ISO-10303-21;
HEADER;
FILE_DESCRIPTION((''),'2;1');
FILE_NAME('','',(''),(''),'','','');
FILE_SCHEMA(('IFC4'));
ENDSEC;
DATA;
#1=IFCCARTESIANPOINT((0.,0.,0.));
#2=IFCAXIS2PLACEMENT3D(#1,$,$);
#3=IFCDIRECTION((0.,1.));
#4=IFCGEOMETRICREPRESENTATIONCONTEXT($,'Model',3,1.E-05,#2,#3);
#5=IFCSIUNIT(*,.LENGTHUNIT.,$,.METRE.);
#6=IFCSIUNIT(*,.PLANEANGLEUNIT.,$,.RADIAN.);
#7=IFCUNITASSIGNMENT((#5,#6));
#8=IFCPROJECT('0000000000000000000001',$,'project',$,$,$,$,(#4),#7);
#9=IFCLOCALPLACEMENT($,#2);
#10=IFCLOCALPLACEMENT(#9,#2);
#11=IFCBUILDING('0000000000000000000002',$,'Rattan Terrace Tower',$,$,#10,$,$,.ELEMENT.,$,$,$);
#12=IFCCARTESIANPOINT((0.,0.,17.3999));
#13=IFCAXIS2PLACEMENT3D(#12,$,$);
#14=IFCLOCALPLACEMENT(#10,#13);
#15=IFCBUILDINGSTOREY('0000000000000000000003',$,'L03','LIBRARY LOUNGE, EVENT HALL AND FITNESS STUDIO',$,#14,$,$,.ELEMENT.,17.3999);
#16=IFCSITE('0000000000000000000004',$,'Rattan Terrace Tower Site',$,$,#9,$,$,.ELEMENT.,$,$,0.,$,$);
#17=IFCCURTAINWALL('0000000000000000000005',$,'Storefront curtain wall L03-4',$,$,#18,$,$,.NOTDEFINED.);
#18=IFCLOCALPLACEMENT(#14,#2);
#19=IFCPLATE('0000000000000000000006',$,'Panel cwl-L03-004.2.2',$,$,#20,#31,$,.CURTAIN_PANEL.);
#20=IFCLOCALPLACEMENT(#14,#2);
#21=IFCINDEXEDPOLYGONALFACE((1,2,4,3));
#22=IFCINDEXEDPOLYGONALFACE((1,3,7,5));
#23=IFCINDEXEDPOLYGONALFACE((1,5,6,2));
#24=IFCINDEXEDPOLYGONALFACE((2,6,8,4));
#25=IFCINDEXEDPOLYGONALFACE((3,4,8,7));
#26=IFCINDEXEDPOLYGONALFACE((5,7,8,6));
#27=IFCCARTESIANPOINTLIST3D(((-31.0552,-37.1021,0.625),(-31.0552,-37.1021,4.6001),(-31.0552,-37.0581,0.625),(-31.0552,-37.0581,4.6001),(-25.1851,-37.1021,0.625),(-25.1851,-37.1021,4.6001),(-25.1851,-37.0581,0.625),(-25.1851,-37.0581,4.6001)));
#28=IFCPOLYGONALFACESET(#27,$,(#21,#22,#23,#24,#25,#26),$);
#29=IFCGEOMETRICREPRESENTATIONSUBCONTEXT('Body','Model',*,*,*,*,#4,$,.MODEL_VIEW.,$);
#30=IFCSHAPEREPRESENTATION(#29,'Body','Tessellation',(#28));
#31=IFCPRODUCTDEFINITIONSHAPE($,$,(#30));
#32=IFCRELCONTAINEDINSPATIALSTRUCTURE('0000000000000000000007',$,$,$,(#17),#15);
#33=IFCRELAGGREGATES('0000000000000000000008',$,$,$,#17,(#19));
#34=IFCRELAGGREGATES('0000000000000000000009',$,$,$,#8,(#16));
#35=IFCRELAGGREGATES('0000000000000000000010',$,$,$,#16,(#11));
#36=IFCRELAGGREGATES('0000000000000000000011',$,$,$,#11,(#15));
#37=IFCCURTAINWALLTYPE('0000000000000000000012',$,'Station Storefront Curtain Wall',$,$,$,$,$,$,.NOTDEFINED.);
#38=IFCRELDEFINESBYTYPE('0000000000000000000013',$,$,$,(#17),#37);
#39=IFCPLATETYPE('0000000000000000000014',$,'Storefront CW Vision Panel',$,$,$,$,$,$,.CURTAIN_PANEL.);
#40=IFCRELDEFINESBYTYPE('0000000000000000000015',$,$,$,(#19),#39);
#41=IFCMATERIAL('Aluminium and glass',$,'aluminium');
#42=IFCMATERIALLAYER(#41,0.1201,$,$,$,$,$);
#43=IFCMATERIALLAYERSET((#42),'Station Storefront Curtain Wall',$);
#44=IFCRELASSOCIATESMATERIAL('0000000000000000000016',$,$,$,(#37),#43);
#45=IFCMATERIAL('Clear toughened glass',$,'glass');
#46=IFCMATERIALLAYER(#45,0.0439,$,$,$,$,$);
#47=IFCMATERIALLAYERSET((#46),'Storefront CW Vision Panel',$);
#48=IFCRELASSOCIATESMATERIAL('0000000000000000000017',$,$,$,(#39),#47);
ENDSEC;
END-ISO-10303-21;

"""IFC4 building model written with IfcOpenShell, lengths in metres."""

from ifc_helpers import new_model, si_unit, direction, frame, origin, origin_2d, place, context, subcontext, project, spatial, rectangle, extrude, material, layer, layer_set, type_object, element, aggregate, save


model = new_model("IFC4")

# Units and contexts
model_context = context("Model", 3, precision=1e-05, world=origin(), true_north=direction((0.0, 1.0)))
body_context = subcontext(model_context, "Body", "Model", "MODEL_VIEW")
ifc_project = project(units=[si_unit("LENGTHUNIT", "METRE"), si_unit("PLANEANGLEUNIT", "RADIAN")], contexts=[model_context])

# Site, building, storey
site_placement = place(None, origin())
site = spatial("IfcSite", under=ifc_project, at=site_placement, Name="Rattan Terrace Tower Site", CompositionType="ELEMENT", RefElevation=0.0)
building_placement = place(site_placement, origin())
building = spatial("IfcBuilding", under=site, at=building_placement, Name="Rattan Terrace Tower", CompositionType="ELEMENT")
storey_placement = place(building_placement, frame((0.0, 0.0, 17.3999)))
storey = spatial("IfcBuildingStorey", under=building, at=storey_placement, Name="L03", Description="LIBRARY LOUNGE, EVENT HALL AND FITNESS STUDIO", CompositionType="ELEMENT", Elevation=17.3999)

# Shared definitions
ifc_material_1 = material(Name="Aluminium and glass", Category="aluminium")
ifc_layer_1 = layer(ifc_material_1, 0.1201)
ifc_layer_set_1 = layer_set([ifc_layer_1], Name="Station Storefront Curtain Wall")
curtain_wall_type = type_object("IfcCurtainWallType", Name="Station Storefront Curtain Wall", PredefinedType="NOTDEFINED", material=ifc_layer_set_1)

# Curtain wall
curtain_wall_1_placement = place(storey_placement, origin())
curtain_wall_1 = element("IfcCurtainWall", 1, at=curtain_wall_1_placement, inside=storey, type_object=curtain_wall_type, Name="Storefront curtain wall L03-4", PredefinedType="NOTDEFINED")

# Plate
ifc_material_2 = material(Name="Clear toughened glass", Category="glass")
ifc_layer_2 = layer(ifc_material_2, 0.0439)
ifc_layer_set_2 = layer_set([ifc_layer_2], Name="Storefront CW Vision Panel")
plate_type_1 = type_object("IfcPlateType", Name="Storefront CW Vision Panel", PredefinedType="CURTAIN_PANEL", material=ifc_layer_set_2)
plate_1_placement = place(storey_placement, frame((-28.1201, -37.0801, 0.625), z_axis=(0.0, 0.0, 1.0), x_axis=(1.0, 0.0, 0.0)))
plate_1 = element("IfcPlate", 2, at=plate_1_placement, type_object=plate_type_1, Name="Panel cwl-L03-004.2.2", PredefinedType="CURTAIN_PANEL", context=body_context, shape_type="SweptSolid", body=[
    extrude(rectangle(XDim=5.8701, YDim=0.0439, at=origin_2d()), origin(), (0.0, 0.0, 1.0), 3.9751),
])
aggregate(curtain_wall_1, [plate_1])

save(model, "model.ifc")
